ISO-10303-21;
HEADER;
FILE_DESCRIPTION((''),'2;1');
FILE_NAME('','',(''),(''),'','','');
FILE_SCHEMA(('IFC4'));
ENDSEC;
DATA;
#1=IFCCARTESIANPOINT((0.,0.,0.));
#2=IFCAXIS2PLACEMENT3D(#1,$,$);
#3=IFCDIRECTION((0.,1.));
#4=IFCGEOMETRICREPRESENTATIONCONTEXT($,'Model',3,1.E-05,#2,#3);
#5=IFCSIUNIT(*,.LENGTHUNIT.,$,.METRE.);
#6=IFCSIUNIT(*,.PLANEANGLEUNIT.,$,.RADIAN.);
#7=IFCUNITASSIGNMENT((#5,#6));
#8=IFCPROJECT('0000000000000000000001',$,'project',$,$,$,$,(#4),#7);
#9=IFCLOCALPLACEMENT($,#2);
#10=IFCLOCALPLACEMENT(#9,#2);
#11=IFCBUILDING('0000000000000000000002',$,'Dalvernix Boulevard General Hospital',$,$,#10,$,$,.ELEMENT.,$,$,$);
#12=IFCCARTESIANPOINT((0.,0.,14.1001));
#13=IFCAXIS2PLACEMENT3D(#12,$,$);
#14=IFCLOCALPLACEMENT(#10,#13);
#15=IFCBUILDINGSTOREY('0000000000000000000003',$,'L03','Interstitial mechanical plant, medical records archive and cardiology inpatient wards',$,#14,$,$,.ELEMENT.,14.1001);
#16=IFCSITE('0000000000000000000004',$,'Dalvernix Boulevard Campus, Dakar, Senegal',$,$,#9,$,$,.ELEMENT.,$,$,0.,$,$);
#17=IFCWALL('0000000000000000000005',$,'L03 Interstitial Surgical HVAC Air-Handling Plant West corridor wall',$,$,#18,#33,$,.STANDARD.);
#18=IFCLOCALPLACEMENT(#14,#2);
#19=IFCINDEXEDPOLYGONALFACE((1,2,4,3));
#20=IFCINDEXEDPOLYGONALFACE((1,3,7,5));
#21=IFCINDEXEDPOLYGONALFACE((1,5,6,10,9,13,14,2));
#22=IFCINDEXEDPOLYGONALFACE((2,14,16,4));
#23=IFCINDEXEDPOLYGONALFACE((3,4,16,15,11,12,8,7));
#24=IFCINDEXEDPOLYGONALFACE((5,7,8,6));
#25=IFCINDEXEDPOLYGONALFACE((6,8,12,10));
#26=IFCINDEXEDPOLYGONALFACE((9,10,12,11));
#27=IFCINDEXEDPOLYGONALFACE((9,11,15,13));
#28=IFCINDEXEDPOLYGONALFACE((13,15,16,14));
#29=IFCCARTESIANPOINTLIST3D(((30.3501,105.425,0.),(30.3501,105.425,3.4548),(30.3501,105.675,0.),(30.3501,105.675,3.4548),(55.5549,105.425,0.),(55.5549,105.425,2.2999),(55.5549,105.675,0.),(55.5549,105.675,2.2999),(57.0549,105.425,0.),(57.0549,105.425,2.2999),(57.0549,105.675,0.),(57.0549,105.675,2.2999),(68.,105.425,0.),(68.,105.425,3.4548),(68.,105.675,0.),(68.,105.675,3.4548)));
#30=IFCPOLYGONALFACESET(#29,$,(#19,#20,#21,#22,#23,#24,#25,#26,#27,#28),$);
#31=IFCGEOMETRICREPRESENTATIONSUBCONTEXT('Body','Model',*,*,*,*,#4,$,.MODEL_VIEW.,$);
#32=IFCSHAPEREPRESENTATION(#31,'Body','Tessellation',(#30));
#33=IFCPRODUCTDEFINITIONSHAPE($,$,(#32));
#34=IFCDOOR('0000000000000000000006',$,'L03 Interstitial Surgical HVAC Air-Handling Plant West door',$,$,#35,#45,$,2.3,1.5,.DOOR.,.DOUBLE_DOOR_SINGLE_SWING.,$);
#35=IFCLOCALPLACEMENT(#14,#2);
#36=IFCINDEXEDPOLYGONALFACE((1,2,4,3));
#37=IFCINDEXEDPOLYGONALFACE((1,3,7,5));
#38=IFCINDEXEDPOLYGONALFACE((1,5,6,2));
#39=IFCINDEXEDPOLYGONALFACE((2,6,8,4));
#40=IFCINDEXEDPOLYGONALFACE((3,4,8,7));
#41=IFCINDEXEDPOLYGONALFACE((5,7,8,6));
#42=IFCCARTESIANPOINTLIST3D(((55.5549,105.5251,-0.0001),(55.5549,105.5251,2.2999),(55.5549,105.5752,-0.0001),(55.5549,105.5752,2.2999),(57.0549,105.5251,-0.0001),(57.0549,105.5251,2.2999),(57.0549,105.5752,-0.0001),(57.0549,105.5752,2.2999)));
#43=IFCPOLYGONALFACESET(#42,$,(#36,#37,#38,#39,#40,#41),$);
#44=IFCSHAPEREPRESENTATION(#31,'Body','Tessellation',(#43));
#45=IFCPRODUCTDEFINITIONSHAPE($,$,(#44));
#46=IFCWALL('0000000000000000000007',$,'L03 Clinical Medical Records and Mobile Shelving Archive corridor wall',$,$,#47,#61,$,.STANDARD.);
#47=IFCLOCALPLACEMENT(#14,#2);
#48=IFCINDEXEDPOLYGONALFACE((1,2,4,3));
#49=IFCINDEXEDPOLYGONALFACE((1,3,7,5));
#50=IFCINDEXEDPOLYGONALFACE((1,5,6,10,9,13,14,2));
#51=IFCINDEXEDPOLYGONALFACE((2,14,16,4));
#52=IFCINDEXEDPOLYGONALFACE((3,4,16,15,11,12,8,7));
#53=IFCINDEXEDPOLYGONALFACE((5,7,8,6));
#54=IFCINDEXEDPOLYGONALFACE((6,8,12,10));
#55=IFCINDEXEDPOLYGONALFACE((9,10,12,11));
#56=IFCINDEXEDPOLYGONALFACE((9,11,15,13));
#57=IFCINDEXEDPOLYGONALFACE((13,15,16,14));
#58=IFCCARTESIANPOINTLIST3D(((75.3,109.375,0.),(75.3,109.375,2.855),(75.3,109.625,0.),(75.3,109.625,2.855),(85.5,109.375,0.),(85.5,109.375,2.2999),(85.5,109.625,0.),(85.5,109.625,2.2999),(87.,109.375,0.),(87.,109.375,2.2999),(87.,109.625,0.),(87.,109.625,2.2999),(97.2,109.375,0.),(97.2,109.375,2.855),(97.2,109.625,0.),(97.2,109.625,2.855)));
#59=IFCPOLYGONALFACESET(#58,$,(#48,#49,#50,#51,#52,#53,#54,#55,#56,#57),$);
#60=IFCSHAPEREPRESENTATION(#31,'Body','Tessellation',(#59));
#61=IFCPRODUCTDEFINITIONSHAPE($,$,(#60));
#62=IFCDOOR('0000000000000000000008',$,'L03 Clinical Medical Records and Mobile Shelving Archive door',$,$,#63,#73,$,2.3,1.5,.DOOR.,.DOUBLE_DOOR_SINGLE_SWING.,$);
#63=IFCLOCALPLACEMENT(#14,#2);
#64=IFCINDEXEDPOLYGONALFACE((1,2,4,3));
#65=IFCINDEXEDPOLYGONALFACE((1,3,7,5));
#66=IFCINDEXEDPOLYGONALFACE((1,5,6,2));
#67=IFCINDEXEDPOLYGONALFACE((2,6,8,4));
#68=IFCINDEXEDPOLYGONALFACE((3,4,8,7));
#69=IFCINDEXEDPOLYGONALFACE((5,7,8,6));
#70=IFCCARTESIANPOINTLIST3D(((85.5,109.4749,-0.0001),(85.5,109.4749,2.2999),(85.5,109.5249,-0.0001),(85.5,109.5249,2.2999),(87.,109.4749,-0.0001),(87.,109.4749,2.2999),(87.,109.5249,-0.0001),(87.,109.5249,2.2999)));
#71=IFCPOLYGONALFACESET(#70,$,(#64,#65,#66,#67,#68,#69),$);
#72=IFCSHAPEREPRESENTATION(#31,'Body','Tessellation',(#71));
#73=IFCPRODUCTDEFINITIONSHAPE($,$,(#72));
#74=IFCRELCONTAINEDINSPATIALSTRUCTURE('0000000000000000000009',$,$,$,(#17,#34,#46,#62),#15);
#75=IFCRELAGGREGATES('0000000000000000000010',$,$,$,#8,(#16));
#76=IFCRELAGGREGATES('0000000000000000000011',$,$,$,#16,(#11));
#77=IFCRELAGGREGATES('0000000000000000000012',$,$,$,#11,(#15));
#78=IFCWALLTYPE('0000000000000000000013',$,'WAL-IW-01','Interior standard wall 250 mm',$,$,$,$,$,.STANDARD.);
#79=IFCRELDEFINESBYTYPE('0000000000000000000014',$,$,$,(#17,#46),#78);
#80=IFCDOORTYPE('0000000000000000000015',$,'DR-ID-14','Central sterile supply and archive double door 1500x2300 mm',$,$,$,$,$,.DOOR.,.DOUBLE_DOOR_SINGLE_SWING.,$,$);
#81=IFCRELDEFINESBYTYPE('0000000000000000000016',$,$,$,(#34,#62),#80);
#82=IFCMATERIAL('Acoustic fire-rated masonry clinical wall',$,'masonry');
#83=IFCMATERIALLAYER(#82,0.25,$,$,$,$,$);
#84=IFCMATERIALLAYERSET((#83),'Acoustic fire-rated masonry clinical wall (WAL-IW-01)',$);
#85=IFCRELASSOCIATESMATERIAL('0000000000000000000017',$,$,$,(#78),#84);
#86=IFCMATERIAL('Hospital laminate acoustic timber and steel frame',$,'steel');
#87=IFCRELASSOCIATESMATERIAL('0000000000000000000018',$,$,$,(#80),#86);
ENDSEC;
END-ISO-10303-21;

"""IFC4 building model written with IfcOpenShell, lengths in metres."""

from ifc_helpers import new_model, si_unit, direction, frame, frame_2d, origin, place, context, subcontext, project, spatial, rectangle, extrude, material, layer, layer_set, type_object, element, fill, save


model = new_model("IFC4")

# Units and contexts
model_context = context("Model", 3, precision=1e-05, world=origin(), true_north=direction((0.0, 1.0)))
body_context = subcontext(model_context, "Body", "Model", "MODEL_VIEW")
ifc_project = project(units=[si_unit("LENGTHUNIT", "METRE"), si_unit("PLANEANGLEUNIT", "RADIAN")], contexts=[model_context])

# Site, building, storey
site_placement = place(None, origin())
site = spatial("IfcSite", under=ifc_project, at=site_placement, Name="Dalvernix Boulevard Campus, Dakar, Senegal", CompositionType="ELEMENT", RefElevation=0.0)
building_placement = place(site_placement, origin())
building = spatial("IfcBuilding", under=site, at=building_placement, Name="Dalvernix Boulevard General Hospital", CompositionType="ELEMENT")
storey_placement = place(building_placement, frame((0.0, 0.0, 14.1001)))
storey = spatial("IfcBuildingStorey", under=building, at=storey_placement, Name="L03", Description="Interstitial mechanical plant, medical records archive and cardiology inpatient wards", CompositionType="ELEMENT", Elevation=14.1001)

# Shared definitions
ifc_material_1 = material(Name="Hospital laminate acoustic timber and steel frame", Category="steel")

# Walls, openings, doors
ifc_material_2 = material(Name="Acoustic fire-rated masonry clinical wall", Category="masonry")
ifc_layer_1 = layer(ifc_material_2, 0.25)
ifc_layer_set_1 = layer_set([ifc_layer_1], Name="Acoustic fire-rated masonry clinical wall (WAL-IW-01)")
wall_type_1 = type_object("IfcWallType", Name="WAL-IW-01", Description="Interior standard wall 250 mm", PredefinedType="STANDARD", material=ifc_layer_set_1)
wall_1_placement = place(storey_placement, frame((68.0, 105.55, 0.0), z_axis=(0.0, 0.0, 1.0), x_axis=(-1.0, 0.0, 0.0)))
wall_1 = element("IfcWall", 1, at=wall_1_placement, inside=storey, type_object=wall_type_1, Name="L03 Interstitial Surgical HVAC Air-Handling Plant West corridor wall", PredefinedType="STANDARD", context=body_context, shape_type="SweptSolid", body=[
    extrude(rectangle(XDim=37.6499, YDim=0.25, at=frame_2d((18.825, 0.0))), origin(), (0.0, 0.0, 1.0), 3.4548),
])
opening_1_placement = place(wall_1_placement, frame((10.9451, 0.0, 0.0)))
opening_1 = element("IfcOpeningElement", 2, at=opening_1_placement, cuts=wall_1, PredefinedType="OPENING", context=body_context, shape_type="SweptSolid", body=[
    extrude(rectangle(XDim=1.5, YDim=2.3, at=frame_2d((0.75, 1.1499))), frame((0.0, 0.135, 0.0), z_axis=(0.0, -1.0, 0.0), x_axis=(1.0, 0.0, 0.0)), (0.0, 0.0, 1.0), 0.27),
])
door_type_1 = type_object("IfcDoorType", Name="DR-ID-14", Description="Central sterile supply and archive double door 1500x2300 mm", OperationType="DOUBLE_DOOR_SINGLE_SWING", PredefinedType="DOOR", material=ifc_material_1)
door_1_placement = place(opening_1_placement, origin())
door_1 = element("IfcDoor", 3, at=door_1_placement, inside=storey, type_object=door_type_1, Name="L03 Interstitial Surgical HVAC Air-Handling Plant West door", OperationType="DOUBLE_DOOR_SINGLE_SWING", OverallHeight=2.3, OverallWidth=1.5, PredefinedType="DOOR", context=body_context, shape_type="SweptSolid", body=[
    extrude(rectangle(XDim=1.5, YDim=2.3, at=frame_2d((0.75, 1.1499))), frame((0.0, 0.0249, 0.0), z_axis=(0.0, -1.0, 0.0), x_axis=(1.0, 0.0, 0.0)), (0.0, 0.0, 1.0), 0.05),
])
fill(opening_1, door_1)
wall_2_placement = place(storey_placement, frame((75.3, 109.5, 0.0), z_axis=(0.0, 0.0, 1.0), x_axis=(1.0, 0.0, 0.0)))
wall_2 = element("IfcWall", 4, at=wall_2_placement, inside=storey, type_object=wall_type_1, Name="L03 Clinical Medical Records and Mobile Shelving Archive corridor wall", PredefinedType="STANDARD", context=body_context, shape_type="SweptSolid", body=[
    extrude(rectangle(XDim=21.8999, YDim=0.25, at=frame_2d((10.95, 0.0))), origin(), (0.0, 0.0, 1.0), 2.855),
])
opening_2_placement = place(wall_2_placement, frame((10.2, 0.0, 0.0)))
opening_2 = element("IfcOpeningElement", 5, at=opening_2_placement, cuts=wall_2, PredefinedType="OPENING", context=body_context, shape_type="SweptSolid", body=[
    extrude(rectangle(XDim=1.5, YDim=2.3, at=frame_2d((0.75, 1.1499))), frame((0.0, 0.135, 0.0), z_axis=(0.0, -1.0, 0.0), x_axis=(1.0, 0.0, 0.0)), (0.0, 0.0, 1.0), 0.27),
])
door_2_placement = place(opening_2_placement, origin())
door_2 = element("IfcDoor", 6, at=door_2_placement, inside=storey, type_object=door_type_1, Name="L03 Clinical Medical Records and Mobile Shelving Archive door", OperationType="DOUBLE_DOOR_SINGLE_SWING", OverallHeight=2.3, OverallWidth=1.5, PredefinedType="DOOR", context=body_context, shape_type="SweptSolid", body=[
    extrude(rectangle(XDim=1.5, YDim=2.3, at=frame_2d((0.75, 1.1499))), frame((0.0, 0.0249, 0.0), z_axis=(0.0, -1.0, 0.0), x_axis=(1.0, 0.0, 0.0)), (0.0, 0.0, 1.0), 0.05),
])
fill(opening_2, door_2)

save(model, "model.ifc")
